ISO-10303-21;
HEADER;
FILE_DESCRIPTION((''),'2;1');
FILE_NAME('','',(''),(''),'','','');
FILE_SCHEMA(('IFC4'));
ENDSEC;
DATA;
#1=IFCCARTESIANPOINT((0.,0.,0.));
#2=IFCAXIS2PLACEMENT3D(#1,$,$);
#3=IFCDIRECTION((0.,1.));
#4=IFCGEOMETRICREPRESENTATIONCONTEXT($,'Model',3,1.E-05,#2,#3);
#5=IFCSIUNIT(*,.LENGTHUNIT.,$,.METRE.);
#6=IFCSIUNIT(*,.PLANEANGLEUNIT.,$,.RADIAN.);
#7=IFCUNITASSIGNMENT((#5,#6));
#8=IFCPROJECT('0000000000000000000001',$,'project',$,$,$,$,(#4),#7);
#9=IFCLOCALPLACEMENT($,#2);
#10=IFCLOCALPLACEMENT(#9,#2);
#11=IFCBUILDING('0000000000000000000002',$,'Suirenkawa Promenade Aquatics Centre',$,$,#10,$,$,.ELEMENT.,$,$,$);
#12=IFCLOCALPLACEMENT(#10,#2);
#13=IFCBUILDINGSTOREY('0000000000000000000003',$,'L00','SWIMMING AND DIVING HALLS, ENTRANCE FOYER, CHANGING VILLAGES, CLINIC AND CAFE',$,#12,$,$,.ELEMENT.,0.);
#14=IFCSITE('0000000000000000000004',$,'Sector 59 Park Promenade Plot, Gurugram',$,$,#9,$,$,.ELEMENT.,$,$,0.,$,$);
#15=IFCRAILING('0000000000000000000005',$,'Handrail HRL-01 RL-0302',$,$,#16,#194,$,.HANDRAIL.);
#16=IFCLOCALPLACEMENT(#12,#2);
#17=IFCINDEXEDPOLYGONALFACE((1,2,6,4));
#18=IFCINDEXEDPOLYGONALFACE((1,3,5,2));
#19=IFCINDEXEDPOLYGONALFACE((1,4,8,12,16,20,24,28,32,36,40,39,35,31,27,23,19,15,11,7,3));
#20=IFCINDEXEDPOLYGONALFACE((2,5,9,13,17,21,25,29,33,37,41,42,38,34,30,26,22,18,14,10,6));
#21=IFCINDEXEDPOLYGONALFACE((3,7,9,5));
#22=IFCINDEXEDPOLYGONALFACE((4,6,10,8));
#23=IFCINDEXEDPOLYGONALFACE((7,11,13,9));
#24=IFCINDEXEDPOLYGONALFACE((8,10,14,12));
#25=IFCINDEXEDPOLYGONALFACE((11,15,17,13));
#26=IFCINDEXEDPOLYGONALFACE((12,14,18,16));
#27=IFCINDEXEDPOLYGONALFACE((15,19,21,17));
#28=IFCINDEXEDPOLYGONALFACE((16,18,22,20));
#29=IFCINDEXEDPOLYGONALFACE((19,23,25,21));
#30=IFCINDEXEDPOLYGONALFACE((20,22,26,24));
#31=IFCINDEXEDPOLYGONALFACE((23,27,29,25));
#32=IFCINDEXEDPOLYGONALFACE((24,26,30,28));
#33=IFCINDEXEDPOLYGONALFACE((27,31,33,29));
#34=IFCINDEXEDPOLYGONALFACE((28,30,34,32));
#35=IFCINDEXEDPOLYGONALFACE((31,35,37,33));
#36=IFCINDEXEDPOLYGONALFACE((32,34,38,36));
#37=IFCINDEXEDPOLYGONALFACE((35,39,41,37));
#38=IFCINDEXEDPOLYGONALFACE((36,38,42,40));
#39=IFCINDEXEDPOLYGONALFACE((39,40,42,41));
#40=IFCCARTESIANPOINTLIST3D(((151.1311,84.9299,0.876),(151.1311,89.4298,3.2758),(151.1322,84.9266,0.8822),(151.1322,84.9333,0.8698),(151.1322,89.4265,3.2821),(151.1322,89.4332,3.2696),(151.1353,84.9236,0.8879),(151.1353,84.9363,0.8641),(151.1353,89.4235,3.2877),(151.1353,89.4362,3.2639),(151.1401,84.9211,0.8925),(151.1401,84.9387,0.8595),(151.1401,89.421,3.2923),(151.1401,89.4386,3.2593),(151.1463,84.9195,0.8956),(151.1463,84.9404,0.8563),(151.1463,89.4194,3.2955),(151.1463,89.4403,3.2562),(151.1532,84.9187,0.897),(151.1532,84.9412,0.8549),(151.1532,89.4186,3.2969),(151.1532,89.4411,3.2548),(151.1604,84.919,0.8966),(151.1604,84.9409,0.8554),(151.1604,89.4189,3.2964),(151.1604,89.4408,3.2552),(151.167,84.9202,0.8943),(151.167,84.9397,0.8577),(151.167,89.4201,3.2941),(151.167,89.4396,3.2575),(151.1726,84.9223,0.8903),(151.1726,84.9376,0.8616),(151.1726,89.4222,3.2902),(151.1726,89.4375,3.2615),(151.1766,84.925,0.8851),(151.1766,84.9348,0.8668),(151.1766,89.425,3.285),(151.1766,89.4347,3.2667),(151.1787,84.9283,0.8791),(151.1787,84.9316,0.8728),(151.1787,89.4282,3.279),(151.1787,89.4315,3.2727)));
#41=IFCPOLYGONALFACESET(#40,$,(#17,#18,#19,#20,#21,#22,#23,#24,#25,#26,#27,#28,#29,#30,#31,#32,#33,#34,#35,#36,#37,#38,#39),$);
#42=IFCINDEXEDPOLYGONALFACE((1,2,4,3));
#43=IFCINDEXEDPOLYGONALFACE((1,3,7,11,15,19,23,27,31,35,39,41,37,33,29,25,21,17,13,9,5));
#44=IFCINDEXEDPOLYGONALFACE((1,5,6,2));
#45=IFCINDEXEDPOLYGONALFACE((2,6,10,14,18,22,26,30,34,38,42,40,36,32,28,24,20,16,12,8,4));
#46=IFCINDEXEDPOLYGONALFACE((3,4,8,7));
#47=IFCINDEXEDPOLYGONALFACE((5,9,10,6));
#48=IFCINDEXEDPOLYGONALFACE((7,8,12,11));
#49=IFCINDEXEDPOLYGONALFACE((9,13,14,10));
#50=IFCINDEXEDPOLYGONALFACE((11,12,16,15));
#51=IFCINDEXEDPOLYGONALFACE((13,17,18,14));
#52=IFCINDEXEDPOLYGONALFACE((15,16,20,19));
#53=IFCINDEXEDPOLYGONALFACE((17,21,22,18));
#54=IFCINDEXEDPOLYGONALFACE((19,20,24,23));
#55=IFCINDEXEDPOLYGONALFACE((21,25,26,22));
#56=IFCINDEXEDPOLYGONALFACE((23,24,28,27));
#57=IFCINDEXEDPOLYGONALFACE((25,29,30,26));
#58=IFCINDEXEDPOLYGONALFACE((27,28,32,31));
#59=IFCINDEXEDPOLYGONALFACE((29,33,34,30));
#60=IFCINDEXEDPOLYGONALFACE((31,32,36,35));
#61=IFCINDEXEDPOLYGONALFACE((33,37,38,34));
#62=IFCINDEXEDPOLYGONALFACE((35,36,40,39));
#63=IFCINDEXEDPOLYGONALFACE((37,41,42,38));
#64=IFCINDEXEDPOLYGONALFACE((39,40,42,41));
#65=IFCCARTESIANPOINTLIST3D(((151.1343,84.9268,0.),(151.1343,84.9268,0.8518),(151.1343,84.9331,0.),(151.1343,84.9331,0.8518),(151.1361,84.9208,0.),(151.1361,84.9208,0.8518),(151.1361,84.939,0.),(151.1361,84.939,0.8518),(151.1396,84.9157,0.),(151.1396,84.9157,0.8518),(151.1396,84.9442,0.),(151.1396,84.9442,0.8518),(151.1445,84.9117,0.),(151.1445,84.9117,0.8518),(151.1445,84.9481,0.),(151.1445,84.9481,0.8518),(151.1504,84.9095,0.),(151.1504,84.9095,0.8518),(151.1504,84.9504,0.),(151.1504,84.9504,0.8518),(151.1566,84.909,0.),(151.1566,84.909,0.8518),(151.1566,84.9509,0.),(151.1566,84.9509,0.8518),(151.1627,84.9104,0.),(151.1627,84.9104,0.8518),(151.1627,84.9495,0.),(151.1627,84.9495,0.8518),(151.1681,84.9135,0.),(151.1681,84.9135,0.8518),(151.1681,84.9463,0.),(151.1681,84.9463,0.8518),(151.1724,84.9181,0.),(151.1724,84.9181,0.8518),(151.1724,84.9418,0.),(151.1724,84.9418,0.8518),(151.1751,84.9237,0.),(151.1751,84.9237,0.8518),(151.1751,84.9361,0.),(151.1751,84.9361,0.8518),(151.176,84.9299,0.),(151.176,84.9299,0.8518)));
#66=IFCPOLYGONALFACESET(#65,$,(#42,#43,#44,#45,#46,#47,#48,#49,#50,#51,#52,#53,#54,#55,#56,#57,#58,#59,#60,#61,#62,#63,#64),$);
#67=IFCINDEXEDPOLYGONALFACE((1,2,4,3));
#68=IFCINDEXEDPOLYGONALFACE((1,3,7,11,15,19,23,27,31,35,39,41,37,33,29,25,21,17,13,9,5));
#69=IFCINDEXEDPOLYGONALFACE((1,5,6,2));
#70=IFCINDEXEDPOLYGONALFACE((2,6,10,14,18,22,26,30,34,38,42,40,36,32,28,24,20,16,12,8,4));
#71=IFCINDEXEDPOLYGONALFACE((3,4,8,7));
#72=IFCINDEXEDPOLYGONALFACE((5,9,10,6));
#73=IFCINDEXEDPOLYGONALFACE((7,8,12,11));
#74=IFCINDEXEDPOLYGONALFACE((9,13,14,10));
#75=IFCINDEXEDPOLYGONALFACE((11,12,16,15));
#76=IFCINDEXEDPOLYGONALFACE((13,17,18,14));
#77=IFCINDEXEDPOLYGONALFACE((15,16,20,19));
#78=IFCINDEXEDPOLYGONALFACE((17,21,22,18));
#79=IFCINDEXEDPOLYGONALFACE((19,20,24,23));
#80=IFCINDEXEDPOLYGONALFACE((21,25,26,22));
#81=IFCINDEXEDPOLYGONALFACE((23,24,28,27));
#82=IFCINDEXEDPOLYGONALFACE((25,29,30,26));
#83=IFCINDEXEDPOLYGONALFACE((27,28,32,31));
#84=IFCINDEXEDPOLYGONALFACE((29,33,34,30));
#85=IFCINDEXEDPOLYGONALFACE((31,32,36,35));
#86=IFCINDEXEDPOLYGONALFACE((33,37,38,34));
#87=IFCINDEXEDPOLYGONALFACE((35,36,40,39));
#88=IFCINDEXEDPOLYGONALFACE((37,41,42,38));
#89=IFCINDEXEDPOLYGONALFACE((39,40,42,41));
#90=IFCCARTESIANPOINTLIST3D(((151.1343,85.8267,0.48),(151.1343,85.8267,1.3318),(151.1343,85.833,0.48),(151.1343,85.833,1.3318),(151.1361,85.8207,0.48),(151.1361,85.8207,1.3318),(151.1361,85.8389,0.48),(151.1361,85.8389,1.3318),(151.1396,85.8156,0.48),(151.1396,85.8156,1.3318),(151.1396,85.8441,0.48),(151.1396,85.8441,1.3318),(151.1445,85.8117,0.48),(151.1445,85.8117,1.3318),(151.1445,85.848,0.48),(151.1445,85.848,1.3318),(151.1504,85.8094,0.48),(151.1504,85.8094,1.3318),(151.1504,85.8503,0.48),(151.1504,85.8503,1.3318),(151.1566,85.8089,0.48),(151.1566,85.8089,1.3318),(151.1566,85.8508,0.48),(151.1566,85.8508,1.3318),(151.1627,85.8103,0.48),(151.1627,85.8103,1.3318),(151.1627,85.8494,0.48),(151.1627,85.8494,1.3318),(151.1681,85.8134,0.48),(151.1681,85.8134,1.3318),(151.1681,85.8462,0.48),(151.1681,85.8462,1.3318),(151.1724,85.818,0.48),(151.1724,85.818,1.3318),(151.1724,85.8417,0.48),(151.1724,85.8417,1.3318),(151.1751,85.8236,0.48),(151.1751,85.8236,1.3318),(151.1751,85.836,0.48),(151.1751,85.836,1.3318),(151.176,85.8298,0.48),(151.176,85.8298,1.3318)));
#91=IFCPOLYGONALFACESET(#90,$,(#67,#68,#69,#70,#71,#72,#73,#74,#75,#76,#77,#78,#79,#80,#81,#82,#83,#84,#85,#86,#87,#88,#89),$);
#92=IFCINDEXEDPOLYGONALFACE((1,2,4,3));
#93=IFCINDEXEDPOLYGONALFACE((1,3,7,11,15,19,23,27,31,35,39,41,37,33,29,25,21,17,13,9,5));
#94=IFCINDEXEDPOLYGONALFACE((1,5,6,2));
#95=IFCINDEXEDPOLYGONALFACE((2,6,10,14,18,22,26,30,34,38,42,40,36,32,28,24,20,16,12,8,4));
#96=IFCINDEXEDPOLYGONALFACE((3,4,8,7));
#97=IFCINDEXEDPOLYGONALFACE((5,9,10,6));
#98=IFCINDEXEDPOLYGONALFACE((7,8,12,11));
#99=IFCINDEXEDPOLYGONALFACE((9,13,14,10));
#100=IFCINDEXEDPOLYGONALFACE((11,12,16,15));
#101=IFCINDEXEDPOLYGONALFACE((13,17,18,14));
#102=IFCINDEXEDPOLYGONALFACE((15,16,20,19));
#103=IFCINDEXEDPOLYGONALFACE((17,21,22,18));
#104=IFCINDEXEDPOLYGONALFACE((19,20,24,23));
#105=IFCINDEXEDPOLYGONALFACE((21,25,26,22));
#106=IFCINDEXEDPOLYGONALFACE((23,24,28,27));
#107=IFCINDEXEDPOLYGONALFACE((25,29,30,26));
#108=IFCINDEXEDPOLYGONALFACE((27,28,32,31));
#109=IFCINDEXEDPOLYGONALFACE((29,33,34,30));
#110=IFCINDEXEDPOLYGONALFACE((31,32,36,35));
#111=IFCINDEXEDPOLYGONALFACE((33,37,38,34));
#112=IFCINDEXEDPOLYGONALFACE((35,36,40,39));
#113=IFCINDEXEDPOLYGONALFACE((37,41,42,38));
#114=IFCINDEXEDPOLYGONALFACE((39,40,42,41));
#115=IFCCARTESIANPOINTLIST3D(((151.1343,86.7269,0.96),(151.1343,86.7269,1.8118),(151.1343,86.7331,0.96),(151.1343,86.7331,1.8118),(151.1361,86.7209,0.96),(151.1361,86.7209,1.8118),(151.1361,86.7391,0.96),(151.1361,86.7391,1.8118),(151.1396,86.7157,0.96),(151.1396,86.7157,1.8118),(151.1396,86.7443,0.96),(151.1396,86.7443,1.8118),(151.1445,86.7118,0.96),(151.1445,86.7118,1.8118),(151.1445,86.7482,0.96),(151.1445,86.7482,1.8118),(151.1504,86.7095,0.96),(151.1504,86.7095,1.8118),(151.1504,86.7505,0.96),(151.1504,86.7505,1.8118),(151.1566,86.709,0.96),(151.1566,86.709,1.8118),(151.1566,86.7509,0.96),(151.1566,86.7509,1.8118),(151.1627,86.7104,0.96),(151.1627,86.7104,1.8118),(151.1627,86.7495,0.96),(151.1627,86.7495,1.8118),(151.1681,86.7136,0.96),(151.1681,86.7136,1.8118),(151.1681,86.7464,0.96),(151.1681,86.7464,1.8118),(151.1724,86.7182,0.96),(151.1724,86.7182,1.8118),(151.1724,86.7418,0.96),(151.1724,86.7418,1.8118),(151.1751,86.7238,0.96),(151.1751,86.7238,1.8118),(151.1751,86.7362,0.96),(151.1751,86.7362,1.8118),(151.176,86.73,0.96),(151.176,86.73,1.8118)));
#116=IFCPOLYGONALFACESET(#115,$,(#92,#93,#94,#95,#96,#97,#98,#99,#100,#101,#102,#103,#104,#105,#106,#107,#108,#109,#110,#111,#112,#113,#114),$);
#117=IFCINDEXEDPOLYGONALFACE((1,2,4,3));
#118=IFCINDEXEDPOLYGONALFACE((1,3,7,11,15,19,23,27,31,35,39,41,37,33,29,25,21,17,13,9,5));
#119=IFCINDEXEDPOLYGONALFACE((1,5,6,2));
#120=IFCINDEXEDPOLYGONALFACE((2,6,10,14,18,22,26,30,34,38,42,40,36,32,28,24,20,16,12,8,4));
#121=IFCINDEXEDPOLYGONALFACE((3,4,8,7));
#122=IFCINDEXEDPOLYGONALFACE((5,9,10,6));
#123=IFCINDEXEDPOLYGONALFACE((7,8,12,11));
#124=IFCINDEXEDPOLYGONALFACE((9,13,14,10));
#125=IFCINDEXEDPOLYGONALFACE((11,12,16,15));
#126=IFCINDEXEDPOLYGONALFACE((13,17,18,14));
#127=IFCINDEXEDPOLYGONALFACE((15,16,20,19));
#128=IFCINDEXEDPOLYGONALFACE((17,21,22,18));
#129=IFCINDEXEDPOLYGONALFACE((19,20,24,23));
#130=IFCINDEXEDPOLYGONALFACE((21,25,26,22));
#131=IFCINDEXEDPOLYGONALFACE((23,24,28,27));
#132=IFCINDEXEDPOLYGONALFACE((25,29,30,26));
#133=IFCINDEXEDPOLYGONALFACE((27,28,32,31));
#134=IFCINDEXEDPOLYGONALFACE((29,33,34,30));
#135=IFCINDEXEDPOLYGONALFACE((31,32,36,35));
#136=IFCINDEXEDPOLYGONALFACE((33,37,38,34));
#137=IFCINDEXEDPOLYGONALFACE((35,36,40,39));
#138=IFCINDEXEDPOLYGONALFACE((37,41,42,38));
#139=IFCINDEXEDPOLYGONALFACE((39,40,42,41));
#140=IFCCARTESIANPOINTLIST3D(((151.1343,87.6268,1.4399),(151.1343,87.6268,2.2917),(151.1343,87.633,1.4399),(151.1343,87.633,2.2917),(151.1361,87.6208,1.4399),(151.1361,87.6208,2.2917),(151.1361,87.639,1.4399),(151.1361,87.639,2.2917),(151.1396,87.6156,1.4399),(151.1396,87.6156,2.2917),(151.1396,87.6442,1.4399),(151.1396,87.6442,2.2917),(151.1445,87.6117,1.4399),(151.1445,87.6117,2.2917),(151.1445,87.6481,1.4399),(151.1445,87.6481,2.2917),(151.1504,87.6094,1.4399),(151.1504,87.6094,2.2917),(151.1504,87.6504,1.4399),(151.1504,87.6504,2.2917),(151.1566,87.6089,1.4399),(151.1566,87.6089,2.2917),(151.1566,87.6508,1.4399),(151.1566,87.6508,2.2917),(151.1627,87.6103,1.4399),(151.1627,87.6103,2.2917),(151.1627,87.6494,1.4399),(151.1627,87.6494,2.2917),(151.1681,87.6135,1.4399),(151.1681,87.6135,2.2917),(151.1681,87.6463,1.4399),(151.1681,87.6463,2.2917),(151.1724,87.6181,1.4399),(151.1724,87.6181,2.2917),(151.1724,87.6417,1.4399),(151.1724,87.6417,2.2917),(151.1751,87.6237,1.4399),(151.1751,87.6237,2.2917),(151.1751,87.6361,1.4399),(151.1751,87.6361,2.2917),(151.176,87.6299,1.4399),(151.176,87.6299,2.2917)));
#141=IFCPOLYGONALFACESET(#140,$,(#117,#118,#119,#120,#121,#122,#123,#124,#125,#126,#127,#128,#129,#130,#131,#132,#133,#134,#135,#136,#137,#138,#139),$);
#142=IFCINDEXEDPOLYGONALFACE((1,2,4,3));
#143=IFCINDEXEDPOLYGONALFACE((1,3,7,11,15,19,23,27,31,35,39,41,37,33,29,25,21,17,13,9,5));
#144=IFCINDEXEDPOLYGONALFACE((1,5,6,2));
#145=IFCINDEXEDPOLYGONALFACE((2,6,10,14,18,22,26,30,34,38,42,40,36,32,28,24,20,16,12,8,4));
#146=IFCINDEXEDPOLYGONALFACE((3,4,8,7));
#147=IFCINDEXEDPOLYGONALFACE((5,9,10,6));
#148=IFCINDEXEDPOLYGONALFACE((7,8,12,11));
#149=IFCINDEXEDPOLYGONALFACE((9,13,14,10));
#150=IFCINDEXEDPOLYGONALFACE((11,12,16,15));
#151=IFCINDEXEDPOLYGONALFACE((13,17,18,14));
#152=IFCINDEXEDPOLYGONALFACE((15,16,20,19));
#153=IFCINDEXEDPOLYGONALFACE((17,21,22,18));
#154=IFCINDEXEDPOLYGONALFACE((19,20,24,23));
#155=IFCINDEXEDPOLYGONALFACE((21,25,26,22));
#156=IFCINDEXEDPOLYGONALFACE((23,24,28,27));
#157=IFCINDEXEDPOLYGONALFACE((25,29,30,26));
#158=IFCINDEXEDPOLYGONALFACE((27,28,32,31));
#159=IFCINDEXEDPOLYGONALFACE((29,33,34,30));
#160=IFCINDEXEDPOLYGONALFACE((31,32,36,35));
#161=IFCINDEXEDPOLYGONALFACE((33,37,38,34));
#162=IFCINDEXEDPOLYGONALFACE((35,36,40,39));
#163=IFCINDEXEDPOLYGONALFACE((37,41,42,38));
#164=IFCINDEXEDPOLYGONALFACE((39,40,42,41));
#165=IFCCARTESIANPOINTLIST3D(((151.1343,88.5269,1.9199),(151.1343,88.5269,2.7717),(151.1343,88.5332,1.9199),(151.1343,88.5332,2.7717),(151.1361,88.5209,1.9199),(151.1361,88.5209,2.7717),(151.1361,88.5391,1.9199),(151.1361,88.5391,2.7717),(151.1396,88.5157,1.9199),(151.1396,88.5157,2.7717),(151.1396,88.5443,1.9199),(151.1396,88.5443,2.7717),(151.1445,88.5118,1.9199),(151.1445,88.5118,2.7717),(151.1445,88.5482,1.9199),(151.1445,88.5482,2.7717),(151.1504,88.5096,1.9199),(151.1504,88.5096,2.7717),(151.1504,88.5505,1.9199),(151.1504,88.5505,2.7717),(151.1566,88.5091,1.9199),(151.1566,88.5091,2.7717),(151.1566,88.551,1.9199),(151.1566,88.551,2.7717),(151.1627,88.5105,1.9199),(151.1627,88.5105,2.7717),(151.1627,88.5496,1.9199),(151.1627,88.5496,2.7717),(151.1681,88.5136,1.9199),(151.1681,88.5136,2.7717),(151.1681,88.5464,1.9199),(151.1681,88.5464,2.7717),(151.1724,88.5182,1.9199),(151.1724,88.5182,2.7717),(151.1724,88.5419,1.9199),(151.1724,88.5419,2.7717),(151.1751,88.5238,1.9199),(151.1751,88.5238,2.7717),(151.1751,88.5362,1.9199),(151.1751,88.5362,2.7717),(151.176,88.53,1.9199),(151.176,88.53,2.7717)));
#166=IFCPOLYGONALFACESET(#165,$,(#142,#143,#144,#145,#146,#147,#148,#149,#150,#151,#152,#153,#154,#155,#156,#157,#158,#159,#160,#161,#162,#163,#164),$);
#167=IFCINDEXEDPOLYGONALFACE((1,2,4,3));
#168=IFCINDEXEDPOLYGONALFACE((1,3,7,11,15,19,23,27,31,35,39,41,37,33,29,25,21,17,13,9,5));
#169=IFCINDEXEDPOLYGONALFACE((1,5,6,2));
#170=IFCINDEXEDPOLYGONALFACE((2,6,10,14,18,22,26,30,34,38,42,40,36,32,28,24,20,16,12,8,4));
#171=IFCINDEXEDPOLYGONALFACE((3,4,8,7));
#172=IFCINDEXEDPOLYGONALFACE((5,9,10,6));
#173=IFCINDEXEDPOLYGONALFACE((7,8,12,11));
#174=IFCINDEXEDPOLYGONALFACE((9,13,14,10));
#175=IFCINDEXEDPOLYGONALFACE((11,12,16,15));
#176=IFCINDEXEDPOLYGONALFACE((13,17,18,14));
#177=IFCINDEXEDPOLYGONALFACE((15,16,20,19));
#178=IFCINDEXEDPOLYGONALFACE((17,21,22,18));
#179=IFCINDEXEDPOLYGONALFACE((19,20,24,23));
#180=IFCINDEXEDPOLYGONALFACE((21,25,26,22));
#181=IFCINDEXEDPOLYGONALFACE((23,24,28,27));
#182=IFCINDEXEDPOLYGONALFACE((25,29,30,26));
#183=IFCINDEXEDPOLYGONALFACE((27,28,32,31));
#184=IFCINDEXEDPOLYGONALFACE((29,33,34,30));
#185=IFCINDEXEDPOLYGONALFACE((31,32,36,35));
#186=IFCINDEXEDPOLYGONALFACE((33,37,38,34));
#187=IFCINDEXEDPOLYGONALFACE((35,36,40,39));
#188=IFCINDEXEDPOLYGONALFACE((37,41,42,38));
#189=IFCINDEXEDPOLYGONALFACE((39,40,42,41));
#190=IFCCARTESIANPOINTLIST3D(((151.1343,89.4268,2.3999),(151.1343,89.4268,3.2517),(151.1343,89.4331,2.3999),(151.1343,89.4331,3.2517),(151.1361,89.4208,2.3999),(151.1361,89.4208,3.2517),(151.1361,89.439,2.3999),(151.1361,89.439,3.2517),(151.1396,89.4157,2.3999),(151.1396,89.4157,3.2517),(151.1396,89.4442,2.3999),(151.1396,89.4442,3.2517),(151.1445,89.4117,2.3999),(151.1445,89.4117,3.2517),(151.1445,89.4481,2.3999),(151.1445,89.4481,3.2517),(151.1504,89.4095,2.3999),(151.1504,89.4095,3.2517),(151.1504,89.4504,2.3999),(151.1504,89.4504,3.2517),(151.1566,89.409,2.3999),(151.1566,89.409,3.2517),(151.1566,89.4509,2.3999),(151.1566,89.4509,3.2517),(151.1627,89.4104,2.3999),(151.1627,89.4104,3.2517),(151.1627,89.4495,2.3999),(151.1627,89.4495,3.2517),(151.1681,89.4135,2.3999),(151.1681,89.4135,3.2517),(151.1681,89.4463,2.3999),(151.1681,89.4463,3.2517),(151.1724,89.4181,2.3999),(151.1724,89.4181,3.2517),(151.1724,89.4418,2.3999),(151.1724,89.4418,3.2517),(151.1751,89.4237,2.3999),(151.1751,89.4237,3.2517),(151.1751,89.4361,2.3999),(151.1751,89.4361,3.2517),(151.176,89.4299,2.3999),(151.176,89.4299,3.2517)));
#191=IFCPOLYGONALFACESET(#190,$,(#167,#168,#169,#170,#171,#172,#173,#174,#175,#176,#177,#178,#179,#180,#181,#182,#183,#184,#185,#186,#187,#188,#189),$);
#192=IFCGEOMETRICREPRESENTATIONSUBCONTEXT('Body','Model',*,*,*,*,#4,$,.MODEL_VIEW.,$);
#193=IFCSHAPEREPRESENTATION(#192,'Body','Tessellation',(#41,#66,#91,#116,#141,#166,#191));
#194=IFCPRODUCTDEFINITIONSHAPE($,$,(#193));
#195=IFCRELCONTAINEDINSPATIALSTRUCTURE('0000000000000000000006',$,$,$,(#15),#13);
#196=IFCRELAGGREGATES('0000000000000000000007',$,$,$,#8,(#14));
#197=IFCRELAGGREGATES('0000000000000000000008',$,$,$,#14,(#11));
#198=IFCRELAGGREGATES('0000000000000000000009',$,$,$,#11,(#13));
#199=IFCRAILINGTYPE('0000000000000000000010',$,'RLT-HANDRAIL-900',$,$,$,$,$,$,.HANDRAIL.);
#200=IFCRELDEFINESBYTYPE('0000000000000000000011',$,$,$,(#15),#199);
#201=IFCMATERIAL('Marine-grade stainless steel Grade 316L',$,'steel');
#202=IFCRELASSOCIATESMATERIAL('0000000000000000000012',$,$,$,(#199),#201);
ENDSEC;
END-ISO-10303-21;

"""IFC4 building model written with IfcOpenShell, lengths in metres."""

from ifc_helpers import new_model, si_unit, direction, frame, origin, origin_2d, place, context, subcontext, project, spatial, circle, extrude, material, type_object, element, save


model = new_model("IFC4")

# Units and contexts
model_context = context("Model", 3, precision=1e-05, world=origin(), true_north=direction((0.0, 1.0)))
body_context = subcontext(model_context, "Body", "Model", "MODEL_VIEW")
ifc_project = project(units=[si_unit("LENGTHUNIT", "METRE"), si_unit("PLANEANGLEUNIT", "RADIAN")], contexts=[model_context])

# Site, building, storey
site_placement = place(None, origin())
site = spatial("IfcSite", under=ifc_project, at=site_placement, Name="Sector 59 Park Promenade Plot, Gurugram", CompositionType="ELEMENT", RefElevation=0.0)
building_placement = place(site_placement, origin())
building = spatial("IfcBuilding", under=site, at=building_placement, Name="Suirenkawa Promenade Aquatics Centre", CompositionType="ELEMENT")
storey_placement = place(building_placement, origin())
storey = spatial("IfcBuildingStorey", under=building, at=storey_placement, Name="L00", Description="SWIMMING AND DIVING HALLS, ENTRANCE FOYER, CHANGING VILLAGES, CLINIC AND CAFE", CompositionType="ELEMENT", Elevation=0.0)

# Railing
ifc_material_1 = material(Name="Marine-grade stainless steel Grade 316L", Category="steel")
railing_type_1 = type_object("IfcRailingType", Name="RLT-HANDRAIL-900", PredefinedType="HANDRAIL", material=ifc_material_1)
for number, where, name in (
    (1, (151.155, 84.9299, 0.0), "Handrail HRL-01 RL-0302"),
):
    element("IfcRailing", number, at=place(storey_placement, frame(where)), inside=storey, type_object=railing_type_1, Name=name, PredefinedType="HANDRAIL", context=body_context, shape_type="SweptSolid", body=[
        extrude(circle(Radius=0.0239, at=origin_2d()), frame((0.0, 0.0, 0.876), z_axis=(0.0, 0.882361, 0.470573), x_axis=(-1.0, 0.0, 0.0)), (0.0, 0.0, 1.0), 5.0999),
        extrude(circle(Radius=0.021, at=origin_2d()), origin(), (0.0, 0.0, 1.0), 0.8518),
        extrude(circle(Radius=0.021, at=origin_2d()), frame((0.0, 0.8999, 0.48)), (0.0, 0.0, 1.0), 0.8518),
        extrude(circle(Radius=0.021, at=origin_2d()), frame((0.0, 1.8, 0.96)), (0.0, 0.0, 1.0), 0.8518),
        extrude(circle(Radius=0.021, at=origin_2d()), frame((0.0, 2.7, 1.4399)), (0.0, 0.0, 1.0), 0.8518),
        extrude(circle(Radius=0.021, at=origin_2d()), frame((0.0, 3.6001, 1.9199)), (0.0, 0.0, 1.0), 0.8518),
        extrude(circle(Radius=0.021, at=origin_2d()), frame((0.0, 4.5, 2.3999)), (0.0, 0.0, 1.0), 0.8518),
    ])

save(model, "model.ifc")
